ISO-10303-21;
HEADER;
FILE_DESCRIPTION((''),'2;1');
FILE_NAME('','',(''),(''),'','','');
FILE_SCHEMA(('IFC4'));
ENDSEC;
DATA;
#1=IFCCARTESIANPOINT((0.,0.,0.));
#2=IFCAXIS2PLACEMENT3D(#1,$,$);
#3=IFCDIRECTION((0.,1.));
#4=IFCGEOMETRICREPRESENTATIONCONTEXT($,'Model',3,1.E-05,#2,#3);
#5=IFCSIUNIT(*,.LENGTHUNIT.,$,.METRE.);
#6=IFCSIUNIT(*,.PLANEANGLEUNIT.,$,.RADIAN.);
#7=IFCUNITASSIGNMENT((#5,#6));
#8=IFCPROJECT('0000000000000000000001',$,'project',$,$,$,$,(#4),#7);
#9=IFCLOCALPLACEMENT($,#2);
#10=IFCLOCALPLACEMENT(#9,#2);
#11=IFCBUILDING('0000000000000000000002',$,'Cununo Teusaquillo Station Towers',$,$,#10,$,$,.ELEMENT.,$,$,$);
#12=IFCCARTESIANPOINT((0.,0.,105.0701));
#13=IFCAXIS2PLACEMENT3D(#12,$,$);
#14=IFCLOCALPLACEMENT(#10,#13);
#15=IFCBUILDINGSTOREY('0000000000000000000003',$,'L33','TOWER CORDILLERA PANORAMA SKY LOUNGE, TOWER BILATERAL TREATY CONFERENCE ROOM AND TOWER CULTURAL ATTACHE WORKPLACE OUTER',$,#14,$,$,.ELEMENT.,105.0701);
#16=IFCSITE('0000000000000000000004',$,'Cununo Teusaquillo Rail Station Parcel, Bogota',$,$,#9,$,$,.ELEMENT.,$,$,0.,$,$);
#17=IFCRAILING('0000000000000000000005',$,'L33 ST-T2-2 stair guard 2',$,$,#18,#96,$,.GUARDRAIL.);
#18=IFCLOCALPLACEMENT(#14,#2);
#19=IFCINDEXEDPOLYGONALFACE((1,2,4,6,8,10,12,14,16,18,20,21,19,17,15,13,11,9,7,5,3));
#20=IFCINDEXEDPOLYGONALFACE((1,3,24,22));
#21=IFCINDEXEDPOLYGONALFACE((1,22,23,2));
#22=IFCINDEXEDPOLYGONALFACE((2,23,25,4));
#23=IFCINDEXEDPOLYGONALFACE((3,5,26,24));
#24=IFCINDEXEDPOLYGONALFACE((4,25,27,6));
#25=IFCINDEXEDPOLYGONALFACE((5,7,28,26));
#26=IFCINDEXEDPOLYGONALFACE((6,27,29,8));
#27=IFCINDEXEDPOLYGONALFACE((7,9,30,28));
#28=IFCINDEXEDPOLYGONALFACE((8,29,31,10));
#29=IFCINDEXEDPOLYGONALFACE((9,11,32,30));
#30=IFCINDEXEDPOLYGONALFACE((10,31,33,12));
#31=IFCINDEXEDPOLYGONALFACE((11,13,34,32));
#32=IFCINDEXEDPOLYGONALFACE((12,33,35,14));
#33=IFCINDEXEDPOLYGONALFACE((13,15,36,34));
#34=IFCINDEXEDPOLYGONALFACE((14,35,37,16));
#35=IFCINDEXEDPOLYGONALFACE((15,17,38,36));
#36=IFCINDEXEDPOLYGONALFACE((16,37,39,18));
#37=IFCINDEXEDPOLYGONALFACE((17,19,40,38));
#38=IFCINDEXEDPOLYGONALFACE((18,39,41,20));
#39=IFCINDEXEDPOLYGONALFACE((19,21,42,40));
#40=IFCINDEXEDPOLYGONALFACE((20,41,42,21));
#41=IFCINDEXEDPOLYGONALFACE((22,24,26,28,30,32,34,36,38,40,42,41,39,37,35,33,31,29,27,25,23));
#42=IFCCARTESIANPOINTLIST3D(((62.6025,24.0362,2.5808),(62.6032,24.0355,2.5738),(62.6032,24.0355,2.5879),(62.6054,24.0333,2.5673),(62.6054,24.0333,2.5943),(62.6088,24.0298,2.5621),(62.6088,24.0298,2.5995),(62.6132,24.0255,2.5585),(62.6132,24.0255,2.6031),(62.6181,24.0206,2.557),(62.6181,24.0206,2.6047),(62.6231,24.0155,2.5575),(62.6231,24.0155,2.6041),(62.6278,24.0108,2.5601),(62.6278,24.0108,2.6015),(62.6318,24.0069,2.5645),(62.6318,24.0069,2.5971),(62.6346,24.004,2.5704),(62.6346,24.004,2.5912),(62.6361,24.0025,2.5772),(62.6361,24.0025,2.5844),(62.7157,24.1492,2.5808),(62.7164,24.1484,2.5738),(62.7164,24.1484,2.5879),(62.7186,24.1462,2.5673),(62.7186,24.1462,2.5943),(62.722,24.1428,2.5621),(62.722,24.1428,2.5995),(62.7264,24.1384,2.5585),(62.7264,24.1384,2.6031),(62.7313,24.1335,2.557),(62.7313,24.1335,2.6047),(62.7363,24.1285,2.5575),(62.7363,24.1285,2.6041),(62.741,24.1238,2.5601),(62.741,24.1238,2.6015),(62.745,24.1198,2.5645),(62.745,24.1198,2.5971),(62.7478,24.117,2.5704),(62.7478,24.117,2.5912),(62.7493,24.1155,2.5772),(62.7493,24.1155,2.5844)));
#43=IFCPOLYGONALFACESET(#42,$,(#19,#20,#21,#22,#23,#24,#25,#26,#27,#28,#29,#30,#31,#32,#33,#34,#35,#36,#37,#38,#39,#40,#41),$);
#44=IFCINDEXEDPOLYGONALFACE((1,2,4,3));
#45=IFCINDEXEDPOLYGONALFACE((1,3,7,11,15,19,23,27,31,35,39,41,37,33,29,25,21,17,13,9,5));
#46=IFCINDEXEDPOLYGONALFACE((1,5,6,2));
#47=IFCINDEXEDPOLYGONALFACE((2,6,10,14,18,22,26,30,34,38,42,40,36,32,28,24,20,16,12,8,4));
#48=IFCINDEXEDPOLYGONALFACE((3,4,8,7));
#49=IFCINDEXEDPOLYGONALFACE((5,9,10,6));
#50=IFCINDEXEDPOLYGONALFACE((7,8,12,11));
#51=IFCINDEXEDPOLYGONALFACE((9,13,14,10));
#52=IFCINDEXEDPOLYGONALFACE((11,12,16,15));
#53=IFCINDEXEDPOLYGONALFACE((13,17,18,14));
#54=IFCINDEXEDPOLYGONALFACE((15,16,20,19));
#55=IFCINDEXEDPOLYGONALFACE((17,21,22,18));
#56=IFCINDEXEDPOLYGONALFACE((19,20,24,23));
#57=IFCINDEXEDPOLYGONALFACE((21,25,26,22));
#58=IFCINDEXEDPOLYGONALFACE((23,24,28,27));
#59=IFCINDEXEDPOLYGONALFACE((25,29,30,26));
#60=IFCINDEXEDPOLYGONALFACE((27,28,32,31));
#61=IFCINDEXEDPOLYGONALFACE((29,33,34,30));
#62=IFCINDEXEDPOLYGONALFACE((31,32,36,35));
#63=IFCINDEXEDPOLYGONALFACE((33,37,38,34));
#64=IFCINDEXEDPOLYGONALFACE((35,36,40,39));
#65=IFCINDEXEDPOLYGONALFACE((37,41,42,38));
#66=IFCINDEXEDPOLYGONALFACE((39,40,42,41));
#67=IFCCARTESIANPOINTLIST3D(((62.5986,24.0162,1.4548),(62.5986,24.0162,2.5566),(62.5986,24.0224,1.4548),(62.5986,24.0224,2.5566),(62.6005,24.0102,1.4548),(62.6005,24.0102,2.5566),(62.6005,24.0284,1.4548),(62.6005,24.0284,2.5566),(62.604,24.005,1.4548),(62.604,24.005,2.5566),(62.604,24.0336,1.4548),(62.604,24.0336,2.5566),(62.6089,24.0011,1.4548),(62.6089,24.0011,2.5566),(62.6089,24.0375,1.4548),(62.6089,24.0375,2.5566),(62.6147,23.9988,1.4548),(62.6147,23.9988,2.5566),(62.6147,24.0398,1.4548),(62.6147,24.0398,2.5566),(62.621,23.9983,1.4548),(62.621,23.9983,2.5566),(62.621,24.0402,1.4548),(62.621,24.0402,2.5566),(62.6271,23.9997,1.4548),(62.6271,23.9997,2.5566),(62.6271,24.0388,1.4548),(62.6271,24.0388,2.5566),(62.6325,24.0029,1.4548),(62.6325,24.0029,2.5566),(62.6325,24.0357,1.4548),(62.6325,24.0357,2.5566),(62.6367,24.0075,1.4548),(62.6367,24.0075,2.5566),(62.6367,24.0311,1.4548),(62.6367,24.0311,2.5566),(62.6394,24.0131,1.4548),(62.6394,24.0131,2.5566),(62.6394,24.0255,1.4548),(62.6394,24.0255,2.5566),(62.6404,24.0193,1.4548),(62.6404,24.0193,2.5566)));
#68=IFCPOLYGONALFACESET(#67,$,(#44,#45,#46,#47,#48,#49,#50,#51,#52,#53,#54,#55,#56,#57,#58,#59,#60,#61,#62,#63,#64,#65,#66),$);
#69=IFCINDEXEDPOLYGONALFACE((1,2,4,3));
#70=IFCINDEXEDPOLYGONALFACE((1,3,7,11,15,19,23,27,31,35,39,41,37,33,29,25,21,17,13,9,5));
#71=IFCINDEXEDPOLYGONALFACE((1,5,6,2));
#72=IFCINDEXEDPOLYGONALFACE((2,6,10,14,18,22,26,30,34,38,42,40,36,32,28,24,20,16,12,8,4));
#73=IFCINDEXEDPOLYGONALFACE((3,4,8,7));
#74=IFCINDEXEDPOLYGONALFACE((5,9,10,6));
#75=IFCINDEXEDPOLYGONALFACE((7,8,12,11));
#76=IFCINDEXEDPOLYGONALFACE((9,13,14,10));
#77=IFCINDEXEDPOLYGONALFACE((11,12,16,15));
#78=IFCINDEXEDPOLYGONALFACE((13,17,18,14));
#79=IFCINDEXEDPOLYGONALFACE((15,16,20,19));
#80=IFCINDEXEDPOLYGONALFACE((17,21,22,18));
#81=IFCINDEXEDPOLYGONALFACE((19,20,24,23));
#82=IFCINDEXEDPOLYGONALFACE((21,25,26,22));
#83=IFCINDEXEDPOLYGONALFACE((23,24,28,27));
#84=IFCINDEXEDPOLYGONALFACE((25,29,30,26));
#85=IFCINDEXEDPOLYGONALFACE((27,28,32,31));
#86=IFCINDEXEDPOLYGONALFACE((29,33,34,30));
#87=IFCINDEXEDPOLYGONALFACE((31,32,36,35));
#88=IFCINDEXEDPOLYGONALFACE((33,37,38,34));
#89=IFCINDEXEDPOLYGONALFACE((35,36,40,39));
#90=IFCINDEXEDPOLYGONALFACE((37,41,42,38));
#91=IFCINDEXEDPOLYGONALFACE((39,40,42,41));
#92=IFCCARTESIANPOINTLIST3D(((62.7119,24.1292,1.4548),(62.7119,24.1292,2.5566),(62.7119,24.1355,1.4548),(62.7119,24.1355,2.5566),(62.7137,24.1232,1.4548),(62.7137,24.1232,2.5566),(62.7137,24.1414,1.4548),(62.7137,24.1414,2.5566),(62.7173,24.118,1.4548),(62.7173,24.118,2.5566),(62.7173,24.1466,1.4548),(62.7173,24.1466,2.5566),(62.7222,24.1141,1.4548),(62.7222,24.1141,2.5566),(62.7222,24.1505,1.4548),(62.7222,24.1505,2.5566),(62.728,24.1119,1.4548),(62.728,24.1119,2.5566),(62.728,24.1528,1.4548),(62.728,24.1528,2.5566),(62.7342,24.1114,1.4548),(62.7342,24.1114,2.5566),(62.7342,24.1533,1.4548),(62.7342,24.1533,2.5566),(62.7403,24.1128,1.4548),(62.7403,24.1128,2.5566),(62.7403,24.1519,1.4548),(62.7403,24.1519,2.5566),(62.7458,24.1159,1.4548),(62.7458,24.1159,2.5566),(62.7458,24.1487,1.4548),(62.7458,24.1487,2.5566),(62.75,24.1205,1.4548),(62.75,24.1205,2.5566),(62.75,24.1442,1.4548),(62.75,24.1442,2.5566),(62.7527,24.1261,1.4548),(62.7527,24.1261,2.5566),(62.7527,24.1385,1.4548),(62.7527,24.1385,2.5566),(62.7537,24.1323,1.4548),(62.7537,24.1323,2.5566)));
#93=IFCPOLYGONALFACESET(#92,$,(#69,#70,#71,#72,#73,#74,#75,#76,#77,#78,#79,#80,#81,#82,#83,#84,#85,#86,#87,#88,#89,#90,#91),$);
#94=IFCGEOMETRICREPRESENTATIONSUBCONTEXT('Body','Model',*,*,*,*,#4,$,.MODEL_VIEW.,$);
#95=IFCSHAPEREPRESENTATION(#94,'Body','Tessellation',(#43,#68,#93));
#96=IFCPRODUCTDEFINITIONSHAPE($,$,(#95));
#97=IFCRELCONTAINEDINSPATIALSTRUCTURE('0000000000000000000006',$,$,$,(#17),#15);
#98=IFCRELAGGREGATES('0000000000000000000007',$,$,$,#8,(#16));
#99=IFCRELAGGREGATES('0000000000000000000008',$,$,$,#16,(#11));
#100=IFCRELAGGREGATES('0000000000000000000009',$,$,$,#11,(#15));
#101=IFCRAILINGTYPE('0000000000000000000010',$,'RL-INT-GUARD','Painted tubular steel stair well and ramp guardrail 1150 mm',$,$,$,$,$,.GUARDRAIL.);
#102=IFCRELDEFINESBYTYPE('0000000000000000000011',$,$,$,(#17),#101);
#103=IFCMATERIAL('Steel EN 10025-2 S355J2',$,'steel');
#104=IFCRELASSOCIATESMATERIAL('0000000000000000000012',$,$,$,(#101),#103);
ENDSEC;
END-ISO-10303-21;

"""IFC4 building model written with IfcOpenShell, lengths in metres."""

from ifc_helpers import new_model, si_unit, direction, frame, origin, origin_2d, place, context, subcontext, project, spatial, circle, extrude, material, type_object, element, save


model = new_model("IFC4")

# Units and contexts
model_context = context("Model", 3, precision=1e-05, world=origin(), true_north=direction((0.0, 1.0)))
body_context = subcontext(model_context, "Body", "Model", "MODEL_VIEW")
ifc_project = project(units=[si_unit("LENGTHUNIT", "METRE"), si_unit("PLANEANGLEUNIT", "RADIAN")], contexts=[model_context])

# Site, building, storey
site_placement = place(None, origin())
site = spatial("IfcSite", under=ifc_project, at=site_placement, Name="Cununo Teusaquillo Rail Station Parcel, Bogota", CompositionType="ELEMENT", RefElevation=0.0)
building_placement = place(site_placement, origin())
building = spatial("IfcBuilding", under=site, at=building_placement, Name="Cununo Teusaquillo Station Towers", CompositionType="ELEMENT")
storey_placement = place(building_placement, frame((0.0, 0.0, 105.0701)))
storey = spatial("IfcBuildingStorey", under=building, at=storey_placement, Name="L33", Description="TOWER CORDILLERA PANORAMA SKY LOUNGE, TOWER BILATERAL TREATY CONFERENCE ROOM AND TOWER CULTURAL ATTACHE WORKPLACE OUTER", CompositionType="ELEMENT", Elevation=105.0701)

# Railing
ifc_material_1 = material(Name="Steel EN 10025-2 S355J2", Category="steel")
railing_type_1 = type_object("IfcRailingType", Name="RL-INT-GUARD", Description="Painted tubular steel stair well and ramp guardrail 1150 mm", PredefinedType="GUARDRAIL", material=ifc_material_1)
railing_1_placement = place(storey_placement, frame((62.6194, 24.0193, 1.4548)))
element("IfcRailing", 1, at=railing_1_placement, inside=storey, type_object=railing_type_1, Name="L33 ST-T2-2 stair guard 2", PredefinedType="GUARDRAIL", context=body_context, shape_type="SweptSolid", body=[
    extrude(circle(Radius=0.0239, at=origin_2d()), frame((0.0, 0.0, 1.126), z_axis=(0.707869, 0.706344, 0.0), x_axis=(-0.706344, 0.707869, 0.0)), (0.0, 0.0, 1.0), 0.1599),
    extrude(circle(Radius=0.021, at=origin_2d()), origin(), (0.0, 0.0, 1.0), 1.1018),
    extrude(circle(Radius=0.021, at=origin_2d()), frame((0.1133, 0.113, 0.0)), (0.0, 0.0, 1.0), 1.1018),
])

save(model, "model.ifc")
